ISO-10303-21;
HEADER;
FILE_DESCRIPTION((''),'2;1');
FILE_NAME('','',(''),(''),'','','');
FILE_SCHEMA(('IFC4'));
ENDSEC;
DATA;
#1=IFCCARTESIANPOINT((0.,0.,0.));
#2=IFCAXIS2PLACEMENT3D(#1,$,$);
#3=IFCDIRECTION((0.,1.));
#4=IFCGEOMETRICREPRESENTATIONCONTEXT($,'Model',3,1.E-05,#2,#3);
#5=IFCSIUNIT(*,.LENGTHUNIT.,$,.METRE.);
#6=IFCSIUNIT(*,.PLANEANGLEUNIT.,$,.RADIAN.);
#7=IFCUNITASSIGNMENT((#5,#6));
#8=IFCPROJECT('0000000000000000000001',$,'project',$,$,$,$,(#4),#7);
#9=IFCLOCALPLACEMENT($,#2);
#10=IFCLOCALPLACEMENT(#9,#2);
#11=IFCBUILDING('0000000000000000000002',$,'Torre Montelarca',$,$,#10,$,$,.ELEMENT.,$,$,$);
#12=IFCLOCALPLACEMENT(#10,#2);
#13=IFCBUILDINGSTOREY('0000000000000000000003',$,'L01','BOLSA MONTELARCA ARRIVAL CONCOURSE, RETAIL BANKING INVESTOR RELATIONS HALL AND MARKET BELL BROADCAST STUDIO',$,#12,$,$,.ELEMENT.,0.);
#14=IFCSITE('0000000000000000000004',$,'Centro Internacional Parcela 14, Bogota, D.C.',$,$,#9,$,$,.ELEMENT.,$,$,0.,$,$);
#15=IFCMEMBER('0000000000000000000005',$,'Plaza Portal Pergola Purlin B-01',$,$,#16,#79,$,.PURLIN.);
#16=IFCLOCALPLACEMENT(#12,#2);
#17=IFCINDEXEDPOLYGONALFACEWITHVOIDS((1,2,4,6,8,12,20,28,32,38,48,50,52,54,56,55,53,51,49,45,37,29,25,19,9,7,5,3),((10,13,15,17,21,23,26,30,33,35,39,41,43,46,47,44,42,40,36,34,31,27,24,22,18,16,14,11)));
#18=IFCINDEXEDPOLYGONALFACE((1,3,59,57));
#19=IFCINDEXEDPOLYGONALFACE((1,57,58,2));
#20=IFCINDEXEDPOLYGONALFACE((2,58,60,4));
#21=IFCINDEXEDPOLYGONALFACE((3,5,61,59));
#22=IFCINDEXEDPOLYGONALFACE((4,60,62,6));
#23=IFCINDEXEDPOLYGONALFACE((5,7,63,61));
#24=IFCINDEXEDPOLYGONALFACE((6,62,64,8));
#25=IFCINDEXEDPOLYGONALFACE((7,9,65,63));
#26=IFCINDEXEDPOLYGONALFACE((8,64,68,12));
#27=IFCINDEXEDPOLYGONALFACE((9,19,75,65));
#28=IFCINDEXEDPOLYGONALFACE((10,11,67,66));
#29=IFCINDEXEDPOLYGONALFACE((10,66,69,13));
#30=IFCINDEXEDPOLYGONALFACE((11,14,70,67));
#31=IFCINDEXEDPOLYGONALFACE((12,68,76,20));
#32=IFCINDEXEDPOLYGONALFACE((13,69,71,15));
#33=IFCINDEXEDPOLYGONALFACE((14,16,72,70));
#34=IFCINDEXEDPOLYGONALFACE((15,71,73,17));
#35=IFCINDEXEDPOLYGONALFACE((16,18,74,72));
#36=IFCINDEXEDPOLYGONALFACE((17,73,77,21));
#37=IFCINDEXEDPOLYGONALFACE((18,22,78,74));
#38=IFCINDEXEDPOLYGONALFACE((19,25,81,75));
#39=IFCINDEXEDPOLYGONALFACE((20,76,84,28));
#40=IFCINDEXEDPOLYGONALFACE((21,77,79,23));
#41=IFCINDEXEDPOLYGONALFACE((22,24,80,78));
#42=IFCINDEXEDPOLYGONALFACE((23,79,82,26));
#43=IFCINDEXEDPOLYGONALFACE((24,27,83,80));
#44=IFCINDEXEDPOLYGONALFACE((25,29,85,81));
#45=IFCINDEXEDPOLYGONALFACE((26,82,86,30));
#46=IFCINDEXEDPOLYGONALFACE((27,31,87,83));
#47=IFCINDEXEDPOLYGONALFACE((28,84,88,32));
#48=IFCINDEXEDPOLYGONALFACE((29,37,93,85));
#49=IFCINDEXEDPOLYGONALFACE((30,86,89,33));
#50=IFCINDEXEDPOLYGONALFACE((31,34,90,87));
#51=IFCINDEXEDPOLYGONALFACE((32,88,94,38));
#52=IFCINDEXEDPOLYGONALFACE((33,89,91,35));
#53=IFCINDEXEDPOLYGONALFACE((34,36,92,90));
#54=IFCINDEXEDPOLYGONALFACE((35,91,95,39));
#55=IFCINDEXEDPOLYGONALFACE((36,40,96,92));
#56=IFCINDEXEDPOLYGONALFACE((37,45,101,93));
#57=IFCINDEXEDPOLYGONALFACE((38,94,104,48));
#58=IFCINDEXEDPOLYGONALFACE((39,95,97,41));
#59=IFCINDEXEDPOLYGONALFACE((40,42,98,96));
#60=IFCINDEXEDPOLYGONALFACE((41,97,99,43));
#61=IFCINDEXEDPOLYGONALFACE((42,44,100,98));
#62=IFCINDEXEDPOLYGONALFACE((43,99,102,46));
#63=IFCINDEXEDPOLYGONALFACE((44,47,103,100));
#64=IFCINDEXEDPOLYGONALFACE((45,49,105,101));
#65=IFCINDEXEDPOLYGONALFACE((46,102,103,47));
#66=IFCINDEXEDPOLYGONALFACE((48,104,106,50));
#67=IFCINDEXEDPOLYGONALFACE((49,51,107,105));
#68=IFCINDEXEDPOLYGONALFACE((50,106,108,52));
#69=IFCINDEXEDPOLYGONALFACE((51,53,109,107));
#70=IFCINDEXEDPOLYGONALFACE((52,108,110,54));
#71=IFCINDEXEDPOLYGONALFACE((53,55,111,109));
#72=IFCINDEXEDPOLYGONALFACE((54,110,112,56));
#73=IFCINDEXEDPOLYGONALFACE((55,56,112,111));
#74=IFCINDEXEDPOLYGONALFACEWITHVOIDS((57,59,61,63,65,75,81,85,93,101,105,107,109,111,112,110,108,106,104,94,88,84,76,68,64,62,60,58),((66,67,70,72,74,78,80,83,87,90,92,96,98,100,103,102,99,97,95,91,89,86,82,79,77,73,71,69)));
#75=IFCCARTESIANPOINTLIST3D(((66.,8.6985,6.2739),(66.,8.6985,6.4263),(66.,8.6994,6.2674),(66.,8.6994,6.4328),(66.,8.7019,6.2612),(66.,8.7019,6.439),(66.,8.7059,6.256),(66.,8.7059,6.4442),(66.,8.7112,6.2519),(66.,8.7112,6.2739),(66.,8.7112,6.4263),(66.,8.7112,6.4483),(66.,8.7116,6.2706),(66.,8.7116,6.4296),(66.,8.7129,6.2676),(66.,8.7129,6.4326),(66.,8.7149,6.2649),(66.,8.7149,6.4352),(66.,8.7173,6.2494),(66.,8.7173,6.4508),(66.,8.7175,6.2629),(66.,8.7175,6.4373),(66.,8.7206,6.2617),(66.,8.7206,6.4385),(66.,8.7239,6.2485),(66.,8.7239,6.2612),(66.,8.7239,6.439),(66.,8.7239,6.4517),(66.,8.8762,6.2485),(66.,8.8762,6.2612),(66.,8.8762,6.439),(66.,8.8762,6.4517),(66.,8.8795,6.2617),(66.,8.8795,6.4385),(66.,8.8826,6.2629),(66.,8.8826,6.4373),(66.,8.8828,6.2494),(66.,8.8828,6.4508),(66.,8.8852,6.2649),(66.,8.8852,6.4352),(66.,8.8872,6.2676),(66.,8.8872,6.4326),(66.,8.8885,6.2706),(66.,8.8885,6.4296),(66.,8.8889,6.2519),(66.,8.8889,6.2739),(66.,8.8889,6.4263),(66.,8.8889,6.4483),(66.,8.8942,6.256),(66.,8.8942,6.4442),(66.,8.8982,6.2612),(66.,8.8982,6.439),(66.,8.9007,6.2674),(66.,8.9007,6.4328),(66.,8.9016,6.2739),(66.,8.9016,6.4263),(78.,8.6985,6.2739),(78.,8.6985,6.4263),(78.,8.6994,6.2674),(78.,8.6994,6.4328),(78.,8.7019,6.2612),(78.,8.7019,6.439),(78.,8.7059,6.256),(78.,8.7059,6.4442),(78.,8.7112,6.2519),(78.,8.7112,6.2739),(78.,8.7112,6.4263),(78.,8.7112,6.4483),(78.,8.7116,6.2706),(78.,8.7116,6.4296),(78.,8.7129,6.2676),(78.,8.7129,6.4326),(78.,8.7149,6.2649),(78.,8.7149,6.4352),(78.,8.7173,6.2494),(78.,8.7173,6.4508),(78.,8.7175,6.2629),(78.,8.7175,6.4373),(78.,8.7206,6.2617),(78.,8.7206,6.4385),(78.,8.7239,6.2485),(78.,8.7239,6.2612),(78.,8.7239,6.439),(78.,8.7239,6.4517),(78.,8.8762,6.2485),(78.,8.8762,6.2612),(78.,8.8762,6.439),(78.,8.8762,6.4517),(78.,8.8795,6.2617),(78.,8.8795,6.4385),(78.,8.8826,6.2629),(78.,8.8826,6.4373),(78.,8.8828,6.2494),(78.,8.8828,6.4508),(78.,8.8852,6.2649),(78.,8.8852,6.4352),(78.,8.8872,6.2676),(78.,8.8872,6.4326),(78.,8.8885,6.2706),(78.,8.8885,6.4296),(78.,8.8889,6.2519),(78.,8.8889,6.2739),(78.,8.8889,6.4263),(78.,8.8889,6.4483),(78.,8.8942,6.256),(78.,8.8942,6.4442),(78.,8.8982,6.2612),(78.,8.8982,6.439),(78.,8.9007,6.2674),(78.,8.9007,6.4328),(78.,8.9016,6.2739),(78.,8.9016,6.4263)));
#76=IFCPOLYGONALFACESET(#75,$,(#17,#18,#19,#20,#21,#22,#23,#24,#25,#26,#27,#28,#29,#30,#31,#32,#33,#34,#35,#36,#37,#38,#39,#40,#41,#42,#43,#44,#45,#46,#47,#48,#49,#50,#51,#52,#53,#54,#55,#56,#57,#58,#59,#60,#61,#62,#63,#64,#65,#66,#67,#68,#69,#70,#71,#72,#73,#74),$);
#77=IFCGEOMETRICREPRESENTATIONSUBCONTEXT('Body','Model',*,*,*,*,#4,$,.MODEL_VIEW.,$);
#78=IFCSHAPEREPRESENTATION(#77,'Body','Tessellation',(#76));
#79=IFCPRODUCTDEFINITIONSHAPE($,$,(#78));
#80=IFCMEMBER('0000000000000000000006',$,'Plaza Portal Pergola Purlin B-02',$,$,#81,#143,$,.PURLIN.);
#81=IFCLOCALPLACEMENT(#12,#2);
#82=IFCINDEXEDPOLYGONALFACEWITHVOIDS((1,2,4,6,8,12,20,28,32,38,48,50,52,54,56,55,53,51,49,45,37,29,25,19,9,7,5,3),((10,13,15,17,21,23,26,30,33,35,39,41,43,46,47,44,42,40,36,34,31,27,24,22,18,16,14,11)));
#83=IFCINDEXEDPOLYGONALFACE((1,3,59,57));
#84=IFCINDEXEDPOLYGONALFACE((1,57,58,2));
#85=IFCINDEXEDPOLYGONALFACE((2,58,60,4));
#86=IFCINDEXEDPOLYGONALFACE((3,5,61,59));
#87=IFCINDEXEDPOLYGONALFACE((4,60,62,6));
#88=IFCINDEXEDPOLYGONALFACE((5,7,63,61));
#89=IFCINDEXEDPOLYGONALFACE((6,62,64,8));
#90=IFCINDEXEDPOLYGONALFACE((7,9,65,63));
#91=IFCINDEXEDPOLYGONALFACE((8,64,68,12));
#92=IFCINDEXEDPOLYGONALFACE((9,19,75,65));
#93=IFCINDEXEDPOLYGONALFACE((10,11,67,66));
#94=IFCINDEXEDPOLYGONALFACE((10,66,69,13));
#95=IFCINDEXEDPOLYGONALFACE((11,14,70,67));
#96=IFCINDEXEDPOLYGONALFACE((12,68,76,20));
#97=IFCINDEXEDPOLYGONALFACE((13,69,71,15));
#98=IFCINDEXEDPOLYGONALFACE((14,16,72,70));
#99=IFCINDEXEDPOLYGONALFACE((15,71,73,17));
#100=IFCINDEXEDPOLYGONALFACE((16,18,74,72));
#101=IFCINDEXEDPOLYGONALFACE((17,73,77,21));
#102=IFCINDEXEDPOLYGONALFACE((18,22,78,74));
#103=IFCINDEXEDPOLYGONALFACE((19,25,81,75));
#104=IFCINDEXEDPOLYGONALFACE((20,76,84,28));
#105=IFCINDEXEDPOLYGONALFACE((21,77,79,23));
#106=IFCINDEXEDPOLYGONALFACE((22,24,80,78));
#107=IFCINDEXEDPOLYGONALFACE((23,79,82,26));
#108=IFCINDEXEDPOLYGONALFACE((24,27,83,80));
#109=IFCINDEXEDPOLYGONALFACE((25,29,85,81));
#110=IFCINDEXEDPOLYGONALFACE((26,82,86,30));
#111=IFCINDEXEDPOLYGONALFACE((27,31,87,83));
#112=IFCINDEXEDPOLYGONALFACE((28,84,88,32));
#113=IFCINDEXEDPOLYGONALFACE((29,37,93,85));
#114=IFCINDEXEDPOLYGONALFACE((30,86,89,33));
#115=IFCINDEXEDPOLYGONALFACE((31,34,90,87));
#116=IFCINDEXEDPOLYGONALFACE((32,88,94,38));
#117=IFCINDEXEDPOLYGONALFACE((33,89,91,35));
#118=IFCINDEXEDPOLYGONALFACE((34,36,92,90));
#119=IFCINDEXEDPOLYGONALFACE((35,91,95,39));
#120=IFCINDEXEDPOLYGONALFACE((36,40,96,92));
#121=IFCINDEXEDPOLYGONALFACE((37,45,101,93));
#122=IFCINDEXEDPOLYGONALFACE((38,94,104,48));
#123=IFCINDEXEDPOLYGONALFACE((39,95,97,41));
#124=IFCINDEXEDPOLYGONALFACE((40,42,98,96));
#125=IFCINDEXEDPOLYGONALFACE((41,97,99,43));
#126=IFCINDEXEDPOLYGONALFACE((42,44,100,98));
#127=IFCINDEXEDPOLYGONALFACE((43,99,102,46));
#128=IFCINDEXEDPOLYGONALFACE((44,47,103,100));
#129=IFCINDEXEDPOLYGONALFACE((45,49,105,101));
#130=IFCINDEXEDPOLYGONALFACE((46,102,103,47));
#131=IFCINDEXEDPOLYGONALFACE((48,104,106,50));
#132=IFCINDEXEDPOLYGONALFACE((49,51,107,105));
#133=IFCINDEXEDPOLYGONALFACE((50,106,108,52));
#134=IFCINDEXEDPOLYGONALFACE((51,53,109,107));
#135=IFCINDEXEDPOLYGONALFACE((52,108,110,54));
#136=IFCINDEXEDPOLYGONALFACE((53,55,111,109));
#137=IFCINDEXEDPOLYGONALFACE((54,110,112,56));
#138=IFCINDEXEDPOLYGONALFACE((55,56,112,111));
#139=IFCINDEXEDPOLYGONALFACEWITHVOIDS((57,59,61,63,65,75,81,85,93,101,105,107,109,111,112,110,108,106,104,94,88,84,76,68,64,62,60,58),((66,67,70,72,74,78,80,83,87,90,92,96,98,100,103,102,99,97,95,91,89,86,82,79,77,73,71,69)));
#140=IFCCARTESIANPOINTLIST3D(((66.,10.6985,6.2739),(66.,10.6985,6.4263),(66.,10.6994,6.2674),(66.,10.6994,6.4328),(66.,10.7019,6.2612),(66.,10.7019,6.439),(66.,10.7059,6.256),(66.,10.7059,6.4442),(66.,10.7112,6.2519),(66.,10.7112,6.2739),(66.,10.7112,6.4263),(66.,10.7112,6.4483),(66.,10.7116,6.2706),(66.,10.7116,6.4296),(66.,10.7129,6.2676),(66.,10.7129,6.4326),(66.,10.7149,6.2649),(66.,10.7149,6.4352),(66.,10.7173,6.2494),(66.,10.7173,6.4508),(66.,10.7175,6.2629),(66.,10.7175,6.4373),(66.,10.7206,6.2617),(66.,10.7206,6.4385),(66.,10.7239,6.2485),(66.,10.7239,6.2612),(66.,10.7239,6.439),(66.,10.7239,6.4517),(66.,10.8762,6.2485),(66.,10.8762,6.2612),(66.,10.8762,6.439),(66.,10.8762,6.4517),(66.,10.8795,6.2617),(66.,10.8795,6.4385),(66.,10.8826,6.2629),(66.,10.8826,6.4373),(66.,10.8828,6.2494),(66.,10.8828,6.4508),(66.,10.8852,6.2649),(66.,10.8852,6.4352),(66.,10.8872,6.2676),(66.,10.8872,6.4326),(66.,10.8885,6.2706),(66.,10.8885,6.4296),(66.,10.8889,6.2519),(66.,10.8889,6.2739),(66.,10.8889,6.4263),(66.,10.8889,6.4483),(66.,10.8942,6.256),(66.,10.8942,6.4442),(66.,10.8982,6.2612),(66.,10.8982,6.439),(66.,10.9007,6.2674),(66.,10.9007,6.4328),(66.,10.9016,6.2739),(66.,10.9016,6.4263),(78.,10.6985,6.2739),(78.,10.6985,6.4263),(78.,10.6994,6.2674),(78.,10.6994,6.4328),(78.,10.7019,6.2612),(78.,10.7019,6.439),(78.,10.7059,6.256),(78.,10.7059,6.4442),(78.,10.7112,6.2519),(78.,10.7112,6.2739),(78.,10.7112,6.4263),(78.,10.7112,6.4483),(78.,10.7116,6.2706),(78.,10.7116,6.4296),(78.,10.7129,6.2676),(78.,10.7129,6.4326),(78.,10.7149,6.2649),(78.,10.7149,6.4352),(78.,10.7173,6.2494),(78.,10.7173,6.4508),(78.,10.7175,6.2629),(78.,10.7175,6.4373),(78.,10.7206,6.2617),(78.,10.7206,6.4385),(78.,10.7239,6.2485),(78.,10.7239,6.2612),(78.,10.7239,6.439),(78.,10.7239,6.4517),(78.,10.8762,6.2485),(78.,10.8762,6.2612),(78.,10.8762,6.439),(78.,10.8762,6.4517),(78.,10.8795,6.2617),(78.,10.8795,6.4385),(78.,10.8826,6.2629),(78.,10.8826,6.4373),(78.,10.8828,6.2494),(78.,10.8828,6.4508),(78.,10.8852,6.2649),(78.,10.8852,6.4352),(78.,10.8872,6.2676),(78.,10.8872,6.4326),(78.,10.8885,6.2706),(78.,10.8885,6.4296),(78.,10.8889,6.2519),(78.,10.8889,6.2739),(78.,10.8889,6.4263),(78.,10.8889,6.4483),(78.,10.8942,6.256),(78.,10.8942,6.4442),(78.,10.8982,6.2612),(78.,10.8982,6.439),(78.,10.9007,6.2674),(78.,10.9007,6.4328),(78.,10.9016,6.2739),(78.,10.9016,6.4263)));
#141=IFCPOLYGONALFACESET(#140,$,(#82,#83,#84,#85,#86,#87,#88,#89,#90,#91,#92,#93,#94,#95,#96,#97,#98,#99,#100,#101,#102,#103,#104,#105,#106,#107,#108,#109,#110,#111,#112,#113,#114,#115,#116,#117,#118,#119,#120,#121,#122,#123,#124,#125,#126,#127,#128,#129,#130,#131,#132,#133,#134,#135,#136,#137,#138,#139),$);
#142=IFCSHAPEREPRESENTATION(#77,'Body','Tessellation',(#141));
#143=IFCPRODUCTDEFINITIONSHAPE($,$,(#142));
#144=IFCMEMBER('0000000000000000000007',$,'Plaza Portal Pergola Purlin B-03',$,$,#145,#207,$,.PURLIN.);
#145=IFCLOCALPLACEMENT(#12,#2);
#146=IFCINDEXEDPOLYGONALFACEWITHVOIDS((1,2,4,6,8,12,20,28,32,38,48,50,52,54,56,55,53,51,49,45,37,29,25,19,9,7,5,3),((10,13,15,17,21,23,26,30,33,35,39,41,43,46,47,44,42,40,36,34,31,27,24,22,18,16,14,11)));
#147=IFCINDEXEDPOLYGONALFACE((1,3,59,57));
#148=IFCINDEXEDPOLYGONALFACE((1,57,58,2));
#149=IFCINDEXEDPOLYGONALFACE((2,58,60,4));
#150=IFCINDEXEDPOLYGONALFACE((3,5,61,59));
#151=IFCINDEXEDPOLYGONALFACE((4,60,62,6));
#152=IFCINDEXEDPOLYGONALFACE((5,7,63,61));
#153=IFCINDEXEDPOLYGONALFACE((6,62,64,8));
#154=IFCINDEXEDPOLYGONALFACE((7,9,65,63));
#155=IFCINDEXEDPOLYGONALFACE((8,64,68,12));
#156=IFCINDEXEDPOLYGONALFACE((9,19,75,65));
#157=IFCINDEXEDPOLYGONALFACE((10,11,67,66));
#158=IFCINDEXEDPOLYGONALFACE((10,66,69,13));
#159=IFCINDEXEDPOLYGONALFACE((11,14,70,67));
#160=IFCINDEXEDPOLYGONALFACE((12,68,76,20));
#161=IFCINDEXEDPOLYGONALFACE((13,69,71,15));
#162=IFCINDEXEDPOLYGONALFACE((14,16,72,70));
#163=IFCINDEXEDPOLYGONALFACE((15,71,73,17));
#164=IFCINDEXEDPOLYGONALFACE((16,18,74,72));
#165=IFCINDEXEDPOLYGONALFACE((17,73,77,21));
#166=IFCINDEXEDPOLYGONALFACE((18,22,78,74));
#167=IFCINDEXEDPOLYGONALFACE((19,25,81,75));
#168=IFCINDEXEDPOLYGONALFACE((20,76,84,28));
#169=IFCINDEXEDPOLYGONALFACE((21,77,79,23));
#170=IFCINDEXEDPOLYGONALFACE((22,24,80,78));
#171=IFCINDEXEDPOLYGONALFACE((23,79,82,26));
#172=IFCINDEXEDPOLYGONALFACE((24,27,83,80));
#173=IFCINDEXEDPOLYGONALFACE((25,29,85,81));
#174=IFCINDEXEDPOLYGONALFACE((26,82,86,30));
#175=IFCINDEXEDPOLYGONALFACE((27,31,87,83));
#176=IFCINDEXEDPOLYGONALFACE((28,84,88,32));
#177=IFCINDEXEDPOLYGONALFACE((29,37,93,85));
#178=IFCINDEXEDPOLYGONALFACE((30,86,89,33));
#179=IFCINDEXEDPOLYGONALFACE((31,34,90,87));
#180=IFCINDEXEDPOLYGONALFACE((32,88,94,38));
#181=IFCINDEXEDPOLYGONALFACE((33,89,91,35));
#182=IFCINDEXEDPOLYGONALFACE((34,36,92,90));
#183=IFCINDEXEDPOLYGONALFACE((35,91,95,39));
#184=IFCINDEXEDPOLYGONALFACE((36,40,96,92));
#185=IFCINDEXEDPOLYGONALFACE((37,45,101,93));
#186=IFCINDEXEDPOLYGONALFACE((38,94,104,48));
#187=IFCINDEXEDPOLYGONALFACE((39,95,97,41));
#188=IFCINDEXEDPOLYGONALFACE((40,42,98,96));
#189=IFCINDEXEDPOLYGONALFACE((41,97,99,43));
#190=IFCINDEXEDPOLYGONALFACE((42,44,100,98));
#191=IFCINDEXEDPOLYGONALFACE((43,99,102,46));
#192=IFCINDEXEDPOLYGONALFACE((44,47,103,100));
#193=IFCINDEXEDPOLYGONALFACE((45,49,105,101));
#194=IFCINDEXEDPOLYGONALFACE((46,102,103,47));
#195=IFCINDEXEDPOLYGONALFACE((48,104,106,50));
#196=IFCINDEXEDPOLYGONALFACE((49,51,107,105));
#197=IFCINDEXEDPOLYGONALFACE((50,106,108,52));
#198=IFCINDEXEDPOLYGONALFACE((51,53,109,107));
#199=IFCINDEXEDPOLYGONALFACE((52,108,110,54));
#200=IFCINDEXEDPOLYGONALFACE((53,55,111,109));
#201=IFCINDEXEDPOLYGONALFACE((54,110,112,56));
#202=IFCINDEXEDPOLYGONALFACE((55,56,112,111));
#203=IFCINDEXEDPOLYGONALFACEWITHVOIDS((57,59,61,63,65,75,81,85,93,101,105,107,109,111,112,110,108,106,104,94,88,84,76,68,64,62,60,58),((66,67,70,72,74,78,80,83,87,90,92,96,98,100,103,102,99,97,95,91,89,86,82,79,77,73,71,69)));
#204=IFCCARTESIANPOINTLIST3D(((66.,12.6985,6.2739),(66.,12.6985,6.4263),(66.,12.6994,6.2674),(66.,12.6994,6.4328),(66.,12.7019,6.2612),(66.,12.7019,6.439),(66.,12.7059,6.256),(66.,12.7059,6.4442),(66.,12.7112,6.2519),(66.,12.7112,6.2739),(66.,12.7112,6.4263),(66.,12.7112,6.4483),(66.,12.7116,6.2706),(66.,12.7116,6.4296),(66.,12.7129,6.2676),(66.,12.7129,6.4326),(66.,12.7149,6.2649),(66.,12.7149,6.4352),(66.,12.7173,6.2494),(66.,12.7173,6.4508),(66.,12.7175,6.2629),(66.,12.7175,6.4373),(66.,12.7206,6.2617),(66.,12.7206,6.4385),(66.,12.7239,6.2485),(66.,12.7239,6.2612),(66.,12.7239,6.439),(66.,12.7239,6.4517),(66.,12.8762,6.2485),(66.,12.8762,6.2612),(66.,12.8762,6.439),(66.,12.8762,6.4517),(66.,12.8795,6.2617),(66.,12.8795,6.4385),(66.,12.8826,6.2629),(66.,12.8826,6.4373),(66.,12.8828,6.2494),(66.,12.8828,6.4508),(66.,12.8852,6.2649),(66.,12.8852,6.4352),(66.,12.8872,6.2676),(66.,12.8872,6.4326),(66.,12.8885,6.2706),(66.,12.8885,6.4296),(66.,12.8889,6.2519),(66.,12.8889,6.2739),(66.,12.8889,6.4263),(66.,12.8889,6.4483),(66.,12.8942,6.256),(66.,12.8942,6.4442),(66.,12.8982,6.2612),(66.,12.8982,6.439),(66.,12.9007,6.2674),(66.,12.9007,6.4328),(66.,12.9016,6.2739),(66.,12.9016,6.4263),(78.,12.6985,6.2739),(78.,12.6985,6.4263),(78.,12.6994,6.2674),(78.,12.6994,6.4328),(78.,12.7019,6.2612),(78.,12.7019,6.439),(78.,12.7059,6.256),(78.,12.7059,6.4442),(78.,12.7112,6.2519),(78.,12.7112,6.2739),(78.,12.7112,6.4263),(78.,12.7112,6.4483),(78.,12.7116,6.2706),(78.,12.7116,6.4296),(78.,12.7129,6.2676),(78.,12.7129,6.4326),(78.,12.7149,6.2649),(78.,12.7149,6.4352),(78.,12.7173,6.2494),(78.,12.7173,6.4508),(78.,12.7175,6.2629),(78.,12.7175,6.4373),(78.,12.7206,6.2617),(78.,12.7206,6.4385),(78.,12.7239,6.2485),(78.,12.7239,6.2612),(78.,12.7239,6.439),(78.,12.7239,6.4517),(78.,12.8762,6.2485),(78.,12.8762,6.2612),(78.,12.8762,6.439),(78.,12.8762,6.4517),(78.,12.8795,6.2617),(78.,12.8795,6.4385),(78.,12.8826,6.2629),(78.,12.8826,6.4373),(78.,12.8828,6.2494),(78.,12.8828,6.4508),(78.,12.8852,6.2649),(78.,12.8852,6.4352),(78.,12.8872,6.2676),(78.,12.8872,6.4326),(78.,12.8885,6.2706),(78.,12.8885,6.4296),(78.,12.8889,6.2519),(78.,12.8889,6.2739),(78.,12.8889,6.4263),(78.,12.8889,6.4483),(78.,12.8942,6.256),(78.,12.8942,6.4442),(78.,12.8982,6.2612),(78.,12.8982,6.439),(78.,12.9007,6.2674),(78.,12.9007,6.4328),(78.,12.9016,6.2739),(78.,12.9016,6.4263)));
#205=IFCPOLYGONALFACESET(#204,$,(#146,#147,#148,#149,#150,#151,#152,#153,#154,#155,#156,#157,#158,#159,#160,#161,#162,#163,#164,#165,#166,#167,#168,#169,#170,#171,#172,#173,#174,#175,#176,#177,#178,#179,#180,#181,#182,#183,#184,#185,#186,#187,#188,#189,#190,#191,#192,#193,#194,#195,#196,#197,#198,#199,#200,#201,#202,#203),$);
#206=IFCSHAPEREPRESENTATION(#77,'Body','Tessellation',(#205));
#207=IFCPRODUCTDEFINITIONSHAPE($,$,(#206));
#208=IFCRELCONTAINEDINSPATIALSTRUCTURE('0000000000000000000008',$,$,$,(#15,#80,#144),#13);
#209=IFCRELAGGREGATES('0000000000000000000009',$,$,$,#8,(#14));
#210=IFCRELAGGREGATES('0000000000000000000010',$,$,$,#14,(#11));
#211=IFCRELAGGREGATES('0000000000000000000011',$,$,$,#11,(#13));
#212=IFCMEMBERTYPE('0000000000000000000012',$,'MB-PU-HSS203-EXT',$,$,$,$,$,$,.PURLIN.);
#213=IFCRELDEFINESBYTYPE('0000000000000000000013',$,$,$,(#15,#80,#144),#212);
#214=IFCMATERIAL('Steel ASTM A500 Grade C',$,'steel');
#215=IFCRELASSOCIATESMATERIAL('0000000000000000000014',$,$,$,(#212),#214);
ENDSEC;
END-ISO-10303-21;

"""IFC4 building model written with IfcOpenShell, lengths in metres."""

from ifc_helpers import new_model, si_unit, direction, frame, origin, origin_2d, place, context, subcontext, project, spatial, hollow_rectangle, extrude, source, transform, mapped, material, material_profile, profile_set, type_object, element, save


model = new_model("IFC4")

# Units and contexts
model_context = context("Model", 3, precision=1e-05, world=origin(), true_north=direction((0.0, 1.0)))
body_context = subcontext(model_context, "Body", "Model", "MODEL_VIEW")
ifc_project = project(units=[si_unit("LENGTHUNIT", "METRE"), si_unit("PLANEANGLEUNIT", "RADIAN")], contexts=[model_context])

# Site, building, storey
site_placement = place(None, origin())
site = spatial("IfcSite", under=ifc_project, at=site_placement, Name="Centro Internacional Parcela 14, Bogota, D.C.", CompositionType="ELEMENT", RefElevation=0.0)
building_placement = place(site_placement, origin())
building = spatial("IfcBuilding", under=site, at=building_placement, Name="Torre Montelarca", CompositionType="ELEMENT")
storey_placement = place(building_placement, origin())
storey = spatial("IfcBuildingStorey", under=building, at=storey_placement, Name="L01", Description="BOLSA MONTELARCA ARRIVAL CONCOURSE, RETAIL BANKING INVESTOR RELATIONS HALL AND MARKET BELL BROADCAST STUDIO", CompositionType="ELEMENT", Elevation=0.0)

# Members
ifc_material_1 = material(Name="Steel ASTM A500 Grade C", Category="steel")
ifc_material_profile_1 = material_profile(ifc_material_1, hollow_rectangle(XDim=0.2031, YDim=0.2031, WallThickness=0.0127, InnerFilletRadius=0.0127, OuterFilletRadius=0.0254, at=origin_2d()), Name="HSS203X203X12.7", Category="steel")
ifc_profile_set_1 = profile_set([ifc_material_profile_1], Name="Steel ASTM A500 Grade C")
member_type = type_object("IfcMemberType", Name="MB-PU-HSS203-EXT", PredefinedType="PURLIN", material=ifc_profile_set_1)
shared_shape_1 = source(origin(), body_context, "Body", "SweptSolid", [
    extrude(hollow_rectangle(XDim=0.2031, YDim=0.2031, WallThickness=0.0127, InnerFilletRadius=0.0127, OuterFilletRadius=0.0254, at=origin_2d()), origin(), (0.0, 0.0, 1.0), 12.0),
])
for number, where, z_axis, x_axis, name in (
    (1, (66.0, 8.8, 6.3501), (1.0, 0.0, 0.0), (0.0, 1.0, 0.0), "Plaza Portal Pergola Purlin B-01"),
    (2, (66.0, 10.8, 6.3501), (1.0, 0.0, 0.0), (0.0, 1.0, 0.0), "Plaza Portal Pergola Purlin B-02"),
    (3, (66.0, 12.8, 6.3501), (1.0, 0.0, 0.0), (0.0, 1.0, 0.0), "Plaza Portal Pergola Purlin B-03"),
):
    element("IfcMember", number, at=place(storey_placement, frame(where, z_axis=z_axis, x_axis=x_axis)), inside=storey, type_object=member_type, Name=name, PredefinedType="PURLIN", context=body_context, shape_type="MappedRepresentation", body=[
        mapped(shared_shape_1, transform((0.0, 0.0, 0.0), scale=1.0)),
    ])

save(model, "model.ifc")
